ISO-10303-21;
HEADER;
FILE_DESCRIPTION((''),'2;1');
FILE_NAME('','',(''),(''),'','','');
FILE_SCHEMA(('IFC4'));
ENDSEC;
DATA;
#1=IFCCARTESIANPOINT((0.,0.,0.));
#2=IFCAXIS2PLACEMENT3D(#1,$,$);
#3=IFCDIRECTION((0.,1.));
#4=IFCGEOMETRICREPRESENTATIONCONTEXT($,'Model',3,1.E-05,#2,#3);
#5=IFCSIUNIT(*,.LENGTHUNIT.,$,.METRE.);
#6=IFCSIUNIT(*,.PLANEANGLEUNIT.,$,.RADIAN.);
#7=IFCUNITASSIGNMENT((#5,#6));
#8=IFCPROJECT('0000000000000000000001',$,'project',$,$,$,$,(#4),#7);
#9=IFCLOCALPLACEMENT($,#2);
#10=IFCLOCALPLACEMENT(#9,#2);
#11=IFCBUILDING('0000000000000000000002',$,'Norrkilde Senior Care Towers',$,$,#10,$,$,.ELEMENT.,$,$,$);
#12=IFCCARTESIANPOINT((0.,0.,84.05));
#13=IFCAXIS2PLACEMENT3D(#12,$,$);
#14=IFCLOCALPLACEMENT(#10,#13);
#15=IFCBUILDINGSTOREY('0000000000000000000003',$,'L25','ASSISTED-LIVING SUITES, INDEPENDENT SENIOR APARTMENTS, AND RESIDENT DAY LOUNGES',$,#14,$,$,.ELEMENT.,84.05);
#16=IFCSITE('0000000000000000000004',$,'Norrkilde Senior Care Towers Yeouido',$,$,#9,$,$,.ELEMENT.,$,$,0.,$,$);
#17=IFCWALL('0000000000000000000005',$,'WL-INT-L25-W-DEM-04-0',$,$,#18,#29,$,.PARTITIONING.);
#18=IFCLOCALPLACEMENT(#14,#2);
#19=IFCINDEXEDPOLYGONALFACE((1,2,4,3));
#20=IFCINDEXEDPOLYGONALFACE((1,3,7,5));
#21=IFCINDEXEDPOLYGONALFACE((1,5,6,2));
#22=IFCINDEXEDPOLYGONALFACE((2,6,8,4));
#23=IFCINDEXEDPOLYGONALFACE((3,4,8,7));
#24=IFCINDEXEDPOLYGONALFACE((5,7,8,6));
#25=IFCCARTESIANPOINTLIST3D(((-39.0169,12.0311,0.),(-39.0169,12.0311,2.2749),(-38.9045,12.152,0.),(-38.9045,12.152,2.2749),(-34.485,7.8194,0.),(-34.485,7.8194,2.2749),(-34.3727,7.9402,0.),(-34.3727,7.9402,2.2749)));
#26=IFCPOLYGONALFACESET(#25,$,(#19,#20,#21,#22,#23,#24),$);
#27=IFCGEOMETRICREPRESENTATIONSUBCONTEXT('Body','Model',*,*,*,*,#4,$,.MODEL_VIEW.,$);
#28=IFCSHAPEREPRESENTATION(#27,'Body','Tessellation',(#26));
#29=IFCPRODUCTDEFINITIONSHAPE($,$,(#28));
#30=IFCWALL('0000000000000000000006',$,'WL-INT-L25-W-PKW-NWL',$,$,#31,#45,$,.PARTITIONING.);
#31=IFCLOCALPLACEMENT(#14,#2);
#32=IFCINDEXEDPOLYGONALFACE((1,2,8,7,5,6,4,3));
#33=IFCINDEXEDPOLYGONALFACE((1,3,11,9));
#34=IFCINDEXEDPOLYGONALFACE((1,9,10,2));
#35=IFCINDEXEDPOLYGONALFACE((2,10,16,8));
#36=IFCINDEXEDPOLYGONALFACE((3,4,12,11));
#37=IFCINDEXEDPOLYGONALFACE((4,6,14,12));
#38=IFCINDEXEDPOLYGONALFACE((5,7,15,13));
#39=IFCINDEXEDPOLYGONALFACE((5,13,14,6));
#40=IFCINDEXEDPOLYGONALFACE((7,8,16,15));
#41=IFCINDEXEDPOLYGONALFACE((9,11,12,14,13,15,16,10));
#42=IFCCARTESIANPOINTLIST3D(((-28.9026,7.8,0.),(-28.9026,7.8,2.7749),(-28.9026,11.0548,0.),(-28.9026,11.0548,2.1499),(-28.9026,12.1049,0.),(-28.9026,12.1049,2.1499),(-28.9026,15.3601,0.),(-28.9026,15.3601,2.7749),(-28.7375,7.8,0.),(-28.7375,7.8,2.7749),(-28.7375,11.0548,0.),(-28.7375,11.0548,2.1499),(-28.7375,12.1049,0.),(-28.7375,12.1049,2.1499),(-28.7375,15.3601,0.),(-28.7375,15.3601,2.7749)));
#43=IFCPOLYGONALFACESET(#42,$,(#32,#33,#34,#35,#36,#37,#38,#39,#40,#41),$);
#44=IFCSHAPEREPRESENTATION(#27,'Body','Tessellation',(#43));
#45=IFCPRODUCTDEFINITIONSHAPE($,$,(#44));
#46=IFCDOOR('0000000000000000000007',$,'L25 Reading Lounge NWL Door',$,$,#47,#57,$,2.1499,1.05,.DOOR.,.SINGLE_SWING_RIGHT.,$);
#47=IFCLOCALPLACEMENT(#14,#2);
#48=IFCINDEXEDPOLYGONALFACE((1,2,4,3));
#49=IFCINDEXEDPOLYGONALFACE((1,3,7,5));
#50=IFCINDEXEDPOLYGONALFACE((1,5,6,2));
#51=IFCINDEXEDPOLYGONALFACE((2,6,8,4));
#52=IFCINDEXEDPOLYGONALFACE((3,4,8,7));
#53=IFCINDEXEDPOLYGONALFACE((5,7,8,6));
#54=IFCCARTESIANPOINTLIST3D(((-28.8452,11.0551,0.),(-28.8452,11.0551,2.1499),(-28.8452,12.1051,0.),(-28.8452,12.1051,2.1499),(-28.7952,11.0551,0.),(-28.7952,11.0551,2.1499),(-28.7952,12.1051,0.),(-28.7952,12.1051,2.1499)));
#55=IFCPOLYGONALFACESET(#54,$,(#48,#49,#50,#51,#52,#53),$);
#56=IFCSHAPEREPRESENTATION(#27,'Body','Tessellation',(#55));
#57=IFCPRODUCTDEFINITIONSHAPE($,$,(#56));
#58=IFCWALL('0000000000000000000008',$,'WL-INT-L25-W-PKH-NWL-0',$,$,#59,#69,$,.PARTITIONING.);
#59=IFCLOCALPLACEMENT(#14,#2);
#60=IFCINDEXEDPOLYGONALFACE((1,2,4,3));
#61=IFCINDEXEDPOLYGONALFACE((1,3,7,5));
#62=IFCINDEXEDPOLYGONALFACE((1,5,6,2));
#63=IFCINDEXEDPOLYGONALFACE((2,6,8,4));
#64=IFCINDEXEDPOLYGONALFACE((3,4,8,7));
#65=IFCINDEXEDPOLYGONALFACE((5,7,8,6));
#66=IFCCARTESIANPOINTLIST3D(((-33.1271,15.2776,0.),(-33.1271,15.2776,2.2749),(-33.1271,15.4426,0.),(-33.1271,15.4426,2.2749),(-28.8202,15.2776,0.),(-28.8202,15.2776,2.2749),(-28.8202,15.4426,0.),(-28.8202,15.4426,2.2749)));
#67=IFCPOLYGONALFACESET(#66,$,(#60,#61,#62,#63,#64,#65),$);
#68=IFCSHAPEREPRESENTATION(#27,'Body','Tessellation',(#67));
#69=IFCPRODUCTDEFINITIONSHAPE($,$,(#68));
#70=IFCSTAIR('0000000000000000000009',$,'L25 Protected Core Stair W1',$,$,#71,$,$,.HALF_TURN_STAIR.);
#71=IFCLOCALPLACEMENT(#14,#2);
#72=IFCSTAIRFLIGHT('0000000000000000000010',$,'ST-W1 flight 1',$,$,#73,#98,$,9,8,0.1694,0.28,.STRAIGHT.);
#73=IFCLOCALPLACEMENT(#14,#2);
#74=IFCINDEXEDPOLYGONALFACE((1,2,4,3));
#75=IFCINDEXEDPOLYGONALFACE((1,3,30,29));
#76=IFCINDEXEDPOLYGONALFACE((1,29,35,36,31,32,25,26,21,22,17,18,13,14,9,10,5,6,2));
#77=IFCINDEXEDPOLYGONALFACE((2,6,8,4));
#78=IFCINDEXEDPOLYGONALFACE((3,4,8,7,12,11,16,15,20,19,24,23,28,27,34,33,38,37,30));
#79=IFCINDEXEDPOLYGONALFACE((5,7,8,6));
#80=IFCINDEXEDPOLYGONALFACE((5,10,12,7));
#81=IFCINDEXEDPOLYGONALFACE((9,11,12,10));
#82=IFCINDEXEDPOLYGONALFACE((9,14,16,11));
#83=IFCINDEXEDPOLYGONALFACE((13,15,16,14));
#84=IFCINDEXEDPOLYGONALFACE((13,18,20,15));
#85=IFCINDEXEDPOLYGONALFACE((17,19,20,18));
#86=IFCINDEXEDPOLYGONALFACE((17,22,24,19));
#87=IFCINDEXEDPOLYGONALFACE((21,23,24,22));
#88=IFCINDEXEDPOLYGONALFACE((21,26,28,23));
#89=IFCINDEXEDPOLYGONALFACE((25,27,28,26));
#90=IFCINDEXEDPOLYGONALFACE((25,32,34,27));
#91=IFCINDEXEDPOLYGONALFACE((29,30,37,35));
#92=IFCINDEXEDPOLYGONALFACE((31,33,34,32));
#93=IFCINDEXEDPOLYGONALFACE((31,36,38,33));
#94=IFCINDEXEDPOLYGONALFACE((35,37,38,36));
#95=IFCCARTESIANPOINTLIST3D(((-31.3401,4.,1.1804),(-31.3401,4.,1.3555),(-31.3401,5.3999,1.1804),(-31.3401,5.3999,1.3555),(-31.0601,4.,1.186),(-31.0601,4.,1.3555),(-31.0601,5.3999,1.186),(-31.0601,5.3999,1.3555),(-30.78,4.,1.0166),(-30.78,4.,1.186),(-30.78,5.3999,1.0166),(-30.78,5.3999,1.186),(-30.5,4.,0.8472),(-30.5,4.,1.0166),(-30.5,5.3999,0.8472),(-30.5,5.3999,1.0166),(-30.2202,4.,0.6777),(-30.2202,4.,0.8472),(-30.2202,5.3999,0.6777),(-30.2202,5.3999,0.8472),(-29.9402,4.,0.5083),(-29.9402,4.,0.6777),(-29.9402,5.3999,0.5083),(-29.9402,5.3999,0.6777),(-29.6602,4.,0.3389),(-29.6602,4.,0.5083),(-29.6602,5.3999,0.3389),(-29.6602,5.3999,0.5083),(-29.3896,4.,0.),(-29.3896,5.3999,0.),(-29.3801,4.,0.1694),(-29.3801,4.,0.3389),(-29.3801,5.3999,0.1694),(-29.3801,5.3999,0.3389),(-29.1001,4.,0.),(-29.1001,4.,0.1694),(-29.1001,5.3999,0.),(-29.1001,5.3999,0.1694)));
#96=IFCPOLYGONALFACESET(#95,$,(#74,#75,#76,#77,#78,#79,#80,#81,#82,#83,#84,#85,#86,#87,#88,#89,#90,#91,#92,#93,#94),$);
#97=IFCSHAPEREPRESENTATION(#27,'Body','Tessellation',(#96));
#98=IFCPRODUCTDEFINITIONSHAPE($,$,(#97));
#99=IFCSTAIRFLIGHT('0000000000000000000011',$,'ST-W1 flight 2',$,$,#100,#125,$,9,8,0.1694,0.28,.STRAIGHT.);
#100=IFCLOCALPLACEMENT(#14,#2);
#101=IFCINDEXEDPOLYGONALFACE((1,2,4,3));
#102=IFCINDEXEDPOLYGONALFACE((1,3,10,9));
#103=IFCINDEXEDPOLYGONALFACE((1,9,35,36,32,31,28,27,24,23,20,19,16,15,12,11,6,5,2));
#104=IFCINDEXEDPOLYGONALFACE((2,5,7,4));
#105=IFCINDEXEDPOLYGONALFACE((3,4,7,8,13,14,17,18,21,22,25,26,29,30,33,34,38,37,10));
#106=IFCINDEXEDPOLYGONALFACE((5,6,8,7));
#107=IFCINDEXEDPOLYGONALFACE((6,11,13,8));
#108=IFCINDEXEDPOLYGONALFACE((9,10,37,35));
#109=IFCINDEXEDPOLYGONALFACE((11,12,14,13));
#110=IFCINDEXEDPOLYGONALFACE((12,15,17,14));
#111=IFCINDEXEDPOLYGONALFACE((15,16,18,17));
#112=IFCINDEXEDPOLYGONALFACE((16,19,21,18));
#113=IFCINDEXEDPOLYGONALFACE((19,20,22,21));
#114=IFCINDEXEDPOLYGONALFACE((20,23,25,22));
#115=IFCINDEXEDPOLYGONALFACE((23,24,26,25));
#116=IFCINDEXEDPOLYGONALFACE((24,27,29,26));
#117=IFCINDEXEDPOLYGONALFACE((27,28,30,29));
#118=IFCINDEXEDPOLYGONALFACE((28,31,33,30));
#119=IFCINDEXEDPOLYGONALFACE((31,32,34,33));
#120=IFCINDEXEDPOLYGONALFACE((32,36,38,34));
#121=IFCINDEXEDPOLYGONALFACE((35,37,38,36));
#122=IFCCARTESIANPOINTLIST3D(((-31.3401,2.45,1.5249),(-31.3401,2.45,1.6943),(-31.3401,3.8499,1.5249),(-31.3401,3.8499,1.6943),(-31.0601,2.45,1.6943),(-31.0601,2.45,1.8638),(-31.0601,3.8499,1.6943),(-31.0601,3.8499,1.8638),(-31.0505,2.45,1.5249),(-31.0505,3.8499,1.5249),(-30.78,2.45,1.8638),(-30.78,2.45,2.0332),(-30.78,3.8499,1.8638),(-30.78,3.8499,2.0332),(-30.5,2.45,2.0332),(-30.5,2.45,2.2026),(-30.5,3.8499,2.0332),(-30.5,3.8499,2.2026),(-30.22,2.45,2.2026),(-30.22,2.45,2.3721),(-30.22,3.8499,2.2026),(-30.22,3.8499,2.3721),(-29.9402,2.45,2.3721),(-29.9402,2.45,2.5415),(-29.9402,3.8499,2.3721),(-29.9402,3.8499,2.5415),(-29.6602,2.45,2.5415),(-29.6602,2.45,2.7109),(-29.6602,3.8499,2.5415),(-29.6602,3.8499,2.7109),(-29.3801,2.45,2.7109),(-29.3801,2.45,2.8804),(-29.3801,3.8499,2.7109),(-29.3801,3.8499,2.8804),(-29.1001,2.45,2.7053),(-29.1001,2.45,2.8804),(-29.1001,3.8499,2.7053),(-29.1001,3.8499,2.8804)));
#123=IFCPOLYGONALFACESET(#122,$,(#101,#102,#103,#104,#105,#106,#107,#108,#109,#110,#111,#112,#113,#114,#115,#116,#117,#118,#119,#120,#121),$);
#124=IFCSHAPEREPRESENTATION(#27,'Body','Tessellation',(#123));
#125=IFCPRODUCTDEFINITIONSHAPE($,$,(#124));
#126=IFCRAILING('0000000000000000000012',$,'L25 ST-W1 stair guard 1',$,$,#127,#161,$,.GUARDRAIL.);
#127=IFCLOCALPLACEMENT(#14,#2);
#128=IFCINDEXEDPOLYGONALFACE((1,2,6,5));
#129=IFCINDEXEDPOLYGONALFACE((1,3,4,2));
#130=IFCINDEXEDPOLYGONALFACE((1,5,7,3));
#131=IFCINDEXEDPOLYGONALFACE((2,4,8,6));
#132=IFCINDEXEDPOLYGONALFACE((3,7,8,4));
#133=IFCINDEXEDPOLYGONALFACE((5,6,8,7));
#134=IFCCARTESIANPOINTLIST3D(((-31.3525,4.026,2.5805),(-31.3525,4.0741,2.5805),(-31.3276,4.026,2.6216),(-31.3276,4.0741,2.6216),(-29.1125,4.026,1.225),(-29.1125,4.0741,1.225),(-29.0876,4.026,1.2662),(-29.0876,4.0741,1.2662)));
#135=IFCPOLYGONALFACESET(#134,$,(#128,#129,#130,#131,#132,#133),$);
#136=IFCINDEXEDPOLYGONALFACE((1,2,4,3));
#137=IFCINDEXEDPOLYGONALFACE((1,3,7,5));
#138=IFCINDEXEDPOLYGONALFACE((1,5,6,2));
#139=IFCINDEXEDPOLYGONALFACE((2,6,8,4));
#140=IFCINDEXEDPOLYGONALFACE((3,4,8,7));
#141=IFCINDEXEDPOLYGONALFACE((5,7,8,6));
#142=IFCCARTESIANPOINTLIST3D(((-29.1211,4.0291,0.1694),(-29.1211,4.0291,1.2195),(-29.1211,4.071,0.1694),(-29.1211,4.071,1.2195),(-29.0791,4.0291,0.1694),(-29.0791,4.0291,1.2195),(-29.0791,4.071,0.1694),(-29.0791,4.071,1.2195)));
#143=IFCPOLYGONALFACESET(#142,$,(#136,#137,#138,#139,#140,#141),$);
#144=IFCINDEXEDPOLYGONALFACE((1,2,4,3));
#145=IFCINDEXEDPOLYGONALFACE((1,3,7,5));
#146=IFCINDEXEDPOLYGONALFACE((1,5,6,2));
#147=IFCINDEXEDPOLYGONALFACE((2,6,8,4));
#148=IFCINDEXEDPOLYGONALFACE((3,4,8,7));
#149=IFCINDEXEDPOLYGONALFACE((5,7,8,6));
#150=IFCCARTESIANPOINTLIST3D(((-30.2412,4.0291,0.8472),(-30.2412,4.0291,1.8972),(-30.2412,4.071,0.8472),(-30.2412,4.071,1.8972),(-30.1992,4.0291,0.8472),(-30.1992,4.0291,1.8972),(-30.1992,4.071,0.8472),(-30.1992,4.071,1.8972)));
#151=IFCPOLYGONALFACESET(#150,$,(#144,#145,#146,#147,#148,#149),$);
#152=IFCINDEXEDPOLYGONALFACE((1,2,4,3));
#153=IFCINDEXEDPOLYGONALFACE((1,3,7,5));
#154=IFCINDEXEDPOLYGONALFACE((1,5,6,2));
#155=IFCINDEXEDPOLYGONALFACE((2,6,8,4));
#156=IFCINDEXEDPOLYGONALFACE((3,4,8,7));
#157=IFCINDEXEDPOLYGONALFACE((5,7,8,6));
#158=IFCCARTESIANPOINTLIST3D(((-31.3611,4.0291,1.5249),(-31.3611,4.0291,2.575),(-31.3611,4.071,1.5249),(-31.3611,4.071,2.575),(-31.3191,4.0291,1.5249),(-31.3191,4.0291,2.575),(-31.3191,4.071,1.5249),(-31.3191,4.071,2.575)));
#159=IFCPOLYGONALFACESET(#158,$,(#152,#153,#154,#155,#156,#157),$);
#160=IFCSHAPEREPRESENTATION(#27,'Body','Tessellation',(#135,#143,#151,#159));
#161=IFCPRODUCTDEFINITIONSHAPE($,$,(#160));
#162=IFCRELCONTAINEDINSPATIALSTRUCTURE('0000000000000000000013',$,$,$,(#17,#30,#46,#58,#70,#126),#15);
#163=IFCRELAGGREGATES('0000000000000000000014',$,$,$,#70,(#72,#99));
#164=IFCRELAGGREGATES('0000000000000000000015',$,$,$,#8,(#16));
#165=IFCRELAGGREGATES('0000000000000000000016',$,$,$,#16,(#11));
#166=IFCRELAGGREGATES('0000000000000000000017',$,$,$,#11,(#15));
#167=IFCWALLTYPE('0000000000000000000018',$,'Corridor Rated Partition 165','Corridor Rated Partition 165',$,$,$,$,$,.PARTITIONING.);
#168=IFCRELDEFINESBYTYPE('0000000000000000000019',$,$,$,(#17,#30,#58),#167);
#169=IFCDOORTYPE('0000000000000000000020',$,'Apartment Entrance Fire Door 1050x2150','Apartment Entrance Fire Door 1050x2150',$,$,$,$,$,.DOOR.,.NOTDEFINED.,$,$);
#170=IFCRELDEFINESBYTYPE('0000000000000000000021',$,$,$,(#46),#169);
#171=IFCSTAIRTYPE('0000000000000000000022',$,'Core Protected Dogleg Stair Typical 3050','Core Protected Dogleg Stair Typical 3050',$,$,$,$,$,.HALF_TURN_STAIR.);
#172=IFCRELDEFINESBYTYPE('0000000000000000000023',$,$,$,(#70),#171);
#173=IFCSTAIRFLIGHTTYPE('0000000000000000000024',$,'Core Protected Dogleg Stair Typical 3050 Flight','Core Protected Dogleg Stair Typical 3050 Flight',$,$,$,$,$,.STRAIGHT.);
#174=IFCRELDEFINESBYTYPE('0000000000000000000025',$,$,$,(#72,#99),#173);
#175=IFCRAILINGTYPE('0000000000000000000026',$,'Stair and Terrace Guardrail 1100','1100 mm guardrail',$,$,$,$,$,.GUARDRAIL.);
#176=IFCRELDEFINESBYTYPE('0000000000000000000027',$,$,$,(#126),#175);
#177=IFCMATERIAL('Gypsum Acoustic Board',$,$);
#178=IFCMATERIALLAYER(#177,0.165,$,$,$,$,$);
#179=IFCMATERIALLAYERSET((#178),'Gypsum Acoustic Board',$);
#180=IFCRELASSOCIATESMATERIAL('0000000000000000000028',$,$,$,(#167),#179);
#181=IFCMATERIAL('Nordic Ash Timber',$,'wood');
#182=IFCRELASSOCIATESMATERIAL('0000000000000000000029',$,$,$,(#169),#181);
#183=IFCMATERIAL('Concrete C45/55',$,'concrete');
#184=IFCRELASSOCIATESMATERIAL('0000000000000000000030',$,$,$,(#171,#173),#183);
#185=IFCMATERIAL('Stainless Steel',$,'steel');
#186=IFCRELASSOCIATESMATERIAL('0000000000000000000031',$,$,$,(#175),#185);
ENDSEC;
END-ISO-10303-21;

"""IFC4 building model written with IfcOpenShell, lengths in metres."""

from ifc_helpers import new_model, si_unit, direction, frame, frame_2d, origin, origin_2d, place, context, subcontext, project, spatial, polyline, rectangle, outline, extrude, source, transform, mapped, material, layer, layer_set, type_object, type_shapes, element, fill, aggregate, save


model = new_model("IFC4")

# Units and contexts
model_context = context("Model", 3, precision=1e-05, world=origin(), true_north=direction((0.0, 1.0)))
body_context = subcontext(model_context, "Body", "Model", "MODEL_VIEW")
ifc_project = project(units=[si_unit("LENGTHUNIT", "METRE"), si_unit("PLANEANGLEUNIT", "RADIAN")], contexts=[model_context])

# Site, building, storey
site_placement = place(None, origin())
site = spatial("IfcSite", under=ifc_project, at=site_placement, Name="Norrkilde Senior Care Towers Yeouido", CompositionType="ELEMENT", RefElevation=0.0)
building_placement = place(site_placement, origin())
building = spatial("IfcBuilding", under=site, at=building_placement, Name="Norrkilde Senior Care Towers", CompositionType="ELEMENT")
storey_placement = place(building_placement, frame((0.0, 0.0, 84.05)))
storey = spatial("IfcBuildingStorey", under=building, at=storey_placement, Name="L25", Description="ASSISTED-LIVING SUITES, INDEPENDENT SENIOR APARTMENTS, AND RESIDENT DAY LOUNGES", CompositionType="ELEMENT", Elevation=84.05)

# Shared definitions
ifc_material_1 = material(Name="Gypsum Acoustic Board")
ifc_material_2 = material(Name="Concrete C45/55", Category="concrete")

# Wall
ifc_layer_1 = layer(ifc_material_1, 0.165)
ifc_layer_set_1 = layer_set([ifc_layer_1], Name="Gypsum Acoustic Board")
wall_type_1 = type_object("IfcWallType", Name="Corridor Rated Partition 165", Description="Corridor Rated Partition 165", PredefinedType="PARTITIONING", material=ifc_layer_set_1)
shared_shape_1 = source(origin(), body_context, "Body", "SweptSolid", [
    extrude(rectangle(XDim=6.1868, YDim=0.165, at=frame_2d((3.0933, 0.0))), origin(), (0.0, 0.0, 1.0), 2.2749),
])
wall_1_placement = place(storey_placement, frame((-34.429, 7.8799, 0.0), z_axis=(0.0, 0.0, 1.0), x_axis=(-0.732501, 0.680766, 0.0)))
element("IfcWall", 1, at=wall_1_placement, inside=storey, type_object=wall_type_1, Name="WL-INT-L25-W-DEM-04-0", PredefinedType="PARTITIONING", context=body_context, shape_type="MappedRepresentation", body=[
    mapped(shared_shape_1, transform((0.0, 0.0, 0.0), x_axis=(1.0, 0.0, 0.0), y_axis=(0.0, 1.0, 0.0), z_axis=(0.0, 0.0, 1.0), scale=1.0)),
])

# Wall, opening, door
shared_shape_2 = source(origin(), body_context, "Body", "SweptSolid", [
    extrude(rectangle(XDim=7.5601, YDim=0.165, at=frame_2d((3.78, 0.0))), origin(), (0.0, 0.0, 1.0), 2.7749),
])
wall_2_placement = place(storey_placement, frame((-28.8201, 7.8, 0.0), z_axis=(0.0, 0.0, 1.0), x_axis=(0.0, 1.0, 0.0)))
wall_2 = element("IfcWall", 2, at=wall_2_placement, inside=storey, type_object=wall_type_1, Name="WL-INT-L25-W-PKW-NWL", PredefinedType="PARTITIONING", context=body_context, shape_type="MappedRepresentation", body=[
    mapped(shared_shape_2, transform((0.0, 0.0, 0.0), x_axis=(1.0, 0.0, 0.0), y_axis=(0.0, 1.0, 0.0), z_axis=(0.0, 0.0, 1.0), scale=1.0)),
])
opening_1_placement = place(wall_2_placement, frame((3.2549, 0.0, 0.0)))
opening_1 = element("IfcOpeningElement", 3, at=opening_1_placement, cuts=wall_2, PredefinedType="OPENING", context=body_context, shape_type="SweptSolid", body=[
    extrude(rectangle(XDim=1.05, YDim=2.1499, at=frame_2d((0.5249, 1.075))), frame((0.0, 0.0925, 0.0), z_axis=(0.0, -1.0, 0.0), x_axis=(1.0, 0.0, 0.0)), (0.0, 0.0, 1.0), 0.1851),
])
ifc_material_3 = material(Name="Nordic Ash Timber", Category="wood")
door_type_1 = type_object("IfcDoorType", Name="Apartment Entrance Fire Door 1050x2150", Description="Apartment Entrance Fire Door 1050x2150", OperationType="NOTDEFINED", PredefinedType="DOOR", material=ifc_material_3)
shared_shape_3 = source(origin(), body_context, "Body", "SweptSolid", [
    extrude(rectangle(XDim=1.05, YDim=2.1499, at=frame_2d((0.5249, 1.075))), frame((0.0, 0.0249, 0.0), z_axis=(0.0, -1.0, 0.0), x_axis=(1.0, 0.0, 0.0)), (0.0, 0.0, 1.0), 0.05),
])
type_shapes(door_type_1, [shared_shape_3])
door_1_placement = place(opening_1_placement, frame((1.05, 0.0, 0.0), z_axis=(0.0, 0.0, 1.0), x_axis=(-1.0, 0.0, 0.0)))
door_1 = element("IfcDoor", 4, at=door_1_placement, inside=storey, type_object=door_type_1, Name="L25 Reading Lounge NWL Door", OperationType="SINGLE_SWING_RIGHT", OverallHeight=2.1499, OverallWidth=1.05, PredefinedType="DOOR", context=body_context, shape_type="MappedRepresentation", body=[
    mapped(shared_shape_3, transform((0.0, 0.0, 0.0), x_axis=(1.0, 0.0, 0.0), y_axis=(0.0, 1.0, 0.0), z_axis=(0.0, 0.0, 1.0), scale=1.0)),
])
fill(opening_1, door_1)

# Wall
shared_shape_4 = source(origin(), body_context, "Body", "SweptSolid", [
    extrude(rectangle(XDim=4.3069, YDim=0.165, at=frame_2d((2.1533, 0.0))), origin(), (0.0, 0.0, 1.0), 2.2749),
])
type_shapes(wall_type_1, [shared_shape_1, shared_shape_2, shared_shape_4])
wall_3_placement = place(storey_placement, frame((-33.127, 15.3601, 0.0), z_axis=(0.0, 0.0, 1.0), x_axis=(1.0, 0.0, 0.0)))
element("IfcWall", 5, at=wall_3_placement, inside=storey, type_object=wall_type_1, Name="WL-INT-L25-W-PKH-NWL-0", PredefinedType="PARTITIONING", context=body_context, shape_type="MappedRepresentation", body=[
    mapped(shared_shape_4, transform((0.0, 0.0, 0.0), x_axis=(1.0, 0.0, 0.0), y_axis=(0.0, 1.0, 0.0), z_axis=(0.0, 0.0, 1.0), scale=1.0)),
])

# Stair, stair flights
stair_type = type_object("IfcStairType", Name="Core Protected Dogleg Stair Typical 3050", Description="Core Protected Dogleg Stair Typical 3050", PredefinedType="HALF_TURN_STAIR", material=ifc_material_2)
stair_placement = place(storey_placement, origin())
stair = element("IfcStair", 6, at=stair_placement, inside=storey, type_object=stair_type, Name="L25 Protected Core Stair W1", PredefinedType="HALF_TURN_STAIR")
stair_flight_type = type_object("IfcStairFlightType", Name="Core Protected Dogleg Stair Typical 3050 Flight", Description="Core Protected Dogleg Stair Typical 3050 Flight", PredefinedType="STRAIGHT", material=ifc_material_2)
stair_flight_1_placement = place(storey_placement, frame((-29.1001, 4.7, 0.0), z_axis=(0.0, 0.0, 1.0), x_axis=(-1.0, 0.0, 0.0)))
stair_flight_1 = element("IfcStairFlight", 7, at=stair_flight_1_placement, type_object=stair_flight_type, Name="ST-W1 flight 1", NumberOfRisers=9, NumberOfTreads=8, PredefinedType="STRAIGHT", RiserHeight=0.1694, TreadLength=0.28, context=body_context, shape_type="SweptSolid", body=[
    extrude(outline(polyline([(0.0, 0.0), (0.0, 0.1694), (0.28, 0.1694), (0.28, 0.3389), (0.5601, 0.3389), (0.5601, 0.5083), (0.8401, 0.5083), (0.8401, 0.6777), (1.1201, 0.6777), (1.1201, 0.8472), (1.3999, 0.8472), (1.3999, 1.0166), (1.6799, 1.0166), (1.6799, 1.186), (1.96, 1.186), (1.96, 1.3555), (2.24, 1.3555), (2.24, 1.5249), (2.24, 1.1804), (0.2896, 0.0), (0.0, 0.0)])), frame((0.0, 0.7, 0.0), z_axis=(0.0, -1.0, 0.0), x_axis=(1.0, 0.0, 0.0)), (0.0, 0.0, 1.0), 1.3999),
])
stair_flight_2_placement = place(storey_placement, frame((-31.3401, 3.1499, 1.5249), z_axis=(0.0, 0.0, 1.0), x_axis=(1.0, 0.0, 0.0)))
stair_flight_2 = element("IfcStairFlight", 8, at=stair_flight_2_placement, type_object=stair_flight_type, Name="ST-W1 flight 2", NumberOfRisers=9, NumberOfTreads=8, PredefinedType="STRAIGHT", RiserHeight=0.1694, TreadLength=0.28, context=body_context, shape_type="SweptSolid", body=[
    extrude(outline(polyline([(0.0, 0.0), (0.0, 0.1694), (0.28, 0.1694), (0.28, 0.3389), (0.5601, 0.3389), (0.5601, 0.5083), (0.8401, 0.5083), (0.8401, 0.6777), (1.1201, 0.6777), (1.1201, 0.8472), (1.3999, 0.8472), (1.3999, 1.0166), (1.6799, 1.0166), (1.6799, 1.186), (1.96, 1.186), (1.96, 1.3555), (2.24, 1.3555), (2.24, 1.5249), (2.24, 1.1804), (0.2896, 0.0), (0.0, 0.0)])), frame((0.0, 0.7, 0.0), z_axis=(0.0, -1.0, 0.0), x_axis=(1.0, 0.0, 0.0)), (0.0, 0.0, 1.0), 1.3999),
])
aggregate(stair, [stair_flight_1, stair_flight_2])

# Railing
ifc_material_4 = material(Name="Stainless Steel", Category="steel")
railing_type_1 = type_object("IfcRailingType", Name="Stair and Terrace Guardrail 1100", Description="1100 mm guardrail", PredefinedType="GUARDRAIL", material=ifc_material_4)
railing_1_placement = place(storey_placement, frame((-29.1001, 4.05, 0.1694)))
element("IfcRailing", 9, at=railing_1_placement, inside=storey, type_object=railing_type_1, Name="L25 ST-W1 stair guard 1", PredefinedType="GUARDRAIL", context=body_context, shape_type="SweptSolid", body=[
    extrude(rectangle(XDim=0.0481, YDim=0.0481, at=origin_2d()), frame((0.0, 0.0, 1.0762), z_axis=(-0.855553, 0.0, 0.517715), x_axis=(0.0, -1.0, 0.0)), (0.0, 0.0, 1.0), 2.6182),
    extrude(rectangle(XDim=0.042, YDim=0.042, at=origin_2d()), origin(), (0.0, 0.0, 1.0), 1.05),
    extrude(rectangle(XDim=0.042, YDim=0.042, at=origin_2d()), frame((-1.1201, 0.0, 0.6777)), (0.0, 0.0, 1.0), 1.05),
    extrude(rectangle(XDim=0.042, YDim=0.042, at=origin_2d()), frame((-2.24, 0.0, 1.3555)), (0.0, 0.0, 1.0), 1.05),
])

save(model, "model.ifc")
